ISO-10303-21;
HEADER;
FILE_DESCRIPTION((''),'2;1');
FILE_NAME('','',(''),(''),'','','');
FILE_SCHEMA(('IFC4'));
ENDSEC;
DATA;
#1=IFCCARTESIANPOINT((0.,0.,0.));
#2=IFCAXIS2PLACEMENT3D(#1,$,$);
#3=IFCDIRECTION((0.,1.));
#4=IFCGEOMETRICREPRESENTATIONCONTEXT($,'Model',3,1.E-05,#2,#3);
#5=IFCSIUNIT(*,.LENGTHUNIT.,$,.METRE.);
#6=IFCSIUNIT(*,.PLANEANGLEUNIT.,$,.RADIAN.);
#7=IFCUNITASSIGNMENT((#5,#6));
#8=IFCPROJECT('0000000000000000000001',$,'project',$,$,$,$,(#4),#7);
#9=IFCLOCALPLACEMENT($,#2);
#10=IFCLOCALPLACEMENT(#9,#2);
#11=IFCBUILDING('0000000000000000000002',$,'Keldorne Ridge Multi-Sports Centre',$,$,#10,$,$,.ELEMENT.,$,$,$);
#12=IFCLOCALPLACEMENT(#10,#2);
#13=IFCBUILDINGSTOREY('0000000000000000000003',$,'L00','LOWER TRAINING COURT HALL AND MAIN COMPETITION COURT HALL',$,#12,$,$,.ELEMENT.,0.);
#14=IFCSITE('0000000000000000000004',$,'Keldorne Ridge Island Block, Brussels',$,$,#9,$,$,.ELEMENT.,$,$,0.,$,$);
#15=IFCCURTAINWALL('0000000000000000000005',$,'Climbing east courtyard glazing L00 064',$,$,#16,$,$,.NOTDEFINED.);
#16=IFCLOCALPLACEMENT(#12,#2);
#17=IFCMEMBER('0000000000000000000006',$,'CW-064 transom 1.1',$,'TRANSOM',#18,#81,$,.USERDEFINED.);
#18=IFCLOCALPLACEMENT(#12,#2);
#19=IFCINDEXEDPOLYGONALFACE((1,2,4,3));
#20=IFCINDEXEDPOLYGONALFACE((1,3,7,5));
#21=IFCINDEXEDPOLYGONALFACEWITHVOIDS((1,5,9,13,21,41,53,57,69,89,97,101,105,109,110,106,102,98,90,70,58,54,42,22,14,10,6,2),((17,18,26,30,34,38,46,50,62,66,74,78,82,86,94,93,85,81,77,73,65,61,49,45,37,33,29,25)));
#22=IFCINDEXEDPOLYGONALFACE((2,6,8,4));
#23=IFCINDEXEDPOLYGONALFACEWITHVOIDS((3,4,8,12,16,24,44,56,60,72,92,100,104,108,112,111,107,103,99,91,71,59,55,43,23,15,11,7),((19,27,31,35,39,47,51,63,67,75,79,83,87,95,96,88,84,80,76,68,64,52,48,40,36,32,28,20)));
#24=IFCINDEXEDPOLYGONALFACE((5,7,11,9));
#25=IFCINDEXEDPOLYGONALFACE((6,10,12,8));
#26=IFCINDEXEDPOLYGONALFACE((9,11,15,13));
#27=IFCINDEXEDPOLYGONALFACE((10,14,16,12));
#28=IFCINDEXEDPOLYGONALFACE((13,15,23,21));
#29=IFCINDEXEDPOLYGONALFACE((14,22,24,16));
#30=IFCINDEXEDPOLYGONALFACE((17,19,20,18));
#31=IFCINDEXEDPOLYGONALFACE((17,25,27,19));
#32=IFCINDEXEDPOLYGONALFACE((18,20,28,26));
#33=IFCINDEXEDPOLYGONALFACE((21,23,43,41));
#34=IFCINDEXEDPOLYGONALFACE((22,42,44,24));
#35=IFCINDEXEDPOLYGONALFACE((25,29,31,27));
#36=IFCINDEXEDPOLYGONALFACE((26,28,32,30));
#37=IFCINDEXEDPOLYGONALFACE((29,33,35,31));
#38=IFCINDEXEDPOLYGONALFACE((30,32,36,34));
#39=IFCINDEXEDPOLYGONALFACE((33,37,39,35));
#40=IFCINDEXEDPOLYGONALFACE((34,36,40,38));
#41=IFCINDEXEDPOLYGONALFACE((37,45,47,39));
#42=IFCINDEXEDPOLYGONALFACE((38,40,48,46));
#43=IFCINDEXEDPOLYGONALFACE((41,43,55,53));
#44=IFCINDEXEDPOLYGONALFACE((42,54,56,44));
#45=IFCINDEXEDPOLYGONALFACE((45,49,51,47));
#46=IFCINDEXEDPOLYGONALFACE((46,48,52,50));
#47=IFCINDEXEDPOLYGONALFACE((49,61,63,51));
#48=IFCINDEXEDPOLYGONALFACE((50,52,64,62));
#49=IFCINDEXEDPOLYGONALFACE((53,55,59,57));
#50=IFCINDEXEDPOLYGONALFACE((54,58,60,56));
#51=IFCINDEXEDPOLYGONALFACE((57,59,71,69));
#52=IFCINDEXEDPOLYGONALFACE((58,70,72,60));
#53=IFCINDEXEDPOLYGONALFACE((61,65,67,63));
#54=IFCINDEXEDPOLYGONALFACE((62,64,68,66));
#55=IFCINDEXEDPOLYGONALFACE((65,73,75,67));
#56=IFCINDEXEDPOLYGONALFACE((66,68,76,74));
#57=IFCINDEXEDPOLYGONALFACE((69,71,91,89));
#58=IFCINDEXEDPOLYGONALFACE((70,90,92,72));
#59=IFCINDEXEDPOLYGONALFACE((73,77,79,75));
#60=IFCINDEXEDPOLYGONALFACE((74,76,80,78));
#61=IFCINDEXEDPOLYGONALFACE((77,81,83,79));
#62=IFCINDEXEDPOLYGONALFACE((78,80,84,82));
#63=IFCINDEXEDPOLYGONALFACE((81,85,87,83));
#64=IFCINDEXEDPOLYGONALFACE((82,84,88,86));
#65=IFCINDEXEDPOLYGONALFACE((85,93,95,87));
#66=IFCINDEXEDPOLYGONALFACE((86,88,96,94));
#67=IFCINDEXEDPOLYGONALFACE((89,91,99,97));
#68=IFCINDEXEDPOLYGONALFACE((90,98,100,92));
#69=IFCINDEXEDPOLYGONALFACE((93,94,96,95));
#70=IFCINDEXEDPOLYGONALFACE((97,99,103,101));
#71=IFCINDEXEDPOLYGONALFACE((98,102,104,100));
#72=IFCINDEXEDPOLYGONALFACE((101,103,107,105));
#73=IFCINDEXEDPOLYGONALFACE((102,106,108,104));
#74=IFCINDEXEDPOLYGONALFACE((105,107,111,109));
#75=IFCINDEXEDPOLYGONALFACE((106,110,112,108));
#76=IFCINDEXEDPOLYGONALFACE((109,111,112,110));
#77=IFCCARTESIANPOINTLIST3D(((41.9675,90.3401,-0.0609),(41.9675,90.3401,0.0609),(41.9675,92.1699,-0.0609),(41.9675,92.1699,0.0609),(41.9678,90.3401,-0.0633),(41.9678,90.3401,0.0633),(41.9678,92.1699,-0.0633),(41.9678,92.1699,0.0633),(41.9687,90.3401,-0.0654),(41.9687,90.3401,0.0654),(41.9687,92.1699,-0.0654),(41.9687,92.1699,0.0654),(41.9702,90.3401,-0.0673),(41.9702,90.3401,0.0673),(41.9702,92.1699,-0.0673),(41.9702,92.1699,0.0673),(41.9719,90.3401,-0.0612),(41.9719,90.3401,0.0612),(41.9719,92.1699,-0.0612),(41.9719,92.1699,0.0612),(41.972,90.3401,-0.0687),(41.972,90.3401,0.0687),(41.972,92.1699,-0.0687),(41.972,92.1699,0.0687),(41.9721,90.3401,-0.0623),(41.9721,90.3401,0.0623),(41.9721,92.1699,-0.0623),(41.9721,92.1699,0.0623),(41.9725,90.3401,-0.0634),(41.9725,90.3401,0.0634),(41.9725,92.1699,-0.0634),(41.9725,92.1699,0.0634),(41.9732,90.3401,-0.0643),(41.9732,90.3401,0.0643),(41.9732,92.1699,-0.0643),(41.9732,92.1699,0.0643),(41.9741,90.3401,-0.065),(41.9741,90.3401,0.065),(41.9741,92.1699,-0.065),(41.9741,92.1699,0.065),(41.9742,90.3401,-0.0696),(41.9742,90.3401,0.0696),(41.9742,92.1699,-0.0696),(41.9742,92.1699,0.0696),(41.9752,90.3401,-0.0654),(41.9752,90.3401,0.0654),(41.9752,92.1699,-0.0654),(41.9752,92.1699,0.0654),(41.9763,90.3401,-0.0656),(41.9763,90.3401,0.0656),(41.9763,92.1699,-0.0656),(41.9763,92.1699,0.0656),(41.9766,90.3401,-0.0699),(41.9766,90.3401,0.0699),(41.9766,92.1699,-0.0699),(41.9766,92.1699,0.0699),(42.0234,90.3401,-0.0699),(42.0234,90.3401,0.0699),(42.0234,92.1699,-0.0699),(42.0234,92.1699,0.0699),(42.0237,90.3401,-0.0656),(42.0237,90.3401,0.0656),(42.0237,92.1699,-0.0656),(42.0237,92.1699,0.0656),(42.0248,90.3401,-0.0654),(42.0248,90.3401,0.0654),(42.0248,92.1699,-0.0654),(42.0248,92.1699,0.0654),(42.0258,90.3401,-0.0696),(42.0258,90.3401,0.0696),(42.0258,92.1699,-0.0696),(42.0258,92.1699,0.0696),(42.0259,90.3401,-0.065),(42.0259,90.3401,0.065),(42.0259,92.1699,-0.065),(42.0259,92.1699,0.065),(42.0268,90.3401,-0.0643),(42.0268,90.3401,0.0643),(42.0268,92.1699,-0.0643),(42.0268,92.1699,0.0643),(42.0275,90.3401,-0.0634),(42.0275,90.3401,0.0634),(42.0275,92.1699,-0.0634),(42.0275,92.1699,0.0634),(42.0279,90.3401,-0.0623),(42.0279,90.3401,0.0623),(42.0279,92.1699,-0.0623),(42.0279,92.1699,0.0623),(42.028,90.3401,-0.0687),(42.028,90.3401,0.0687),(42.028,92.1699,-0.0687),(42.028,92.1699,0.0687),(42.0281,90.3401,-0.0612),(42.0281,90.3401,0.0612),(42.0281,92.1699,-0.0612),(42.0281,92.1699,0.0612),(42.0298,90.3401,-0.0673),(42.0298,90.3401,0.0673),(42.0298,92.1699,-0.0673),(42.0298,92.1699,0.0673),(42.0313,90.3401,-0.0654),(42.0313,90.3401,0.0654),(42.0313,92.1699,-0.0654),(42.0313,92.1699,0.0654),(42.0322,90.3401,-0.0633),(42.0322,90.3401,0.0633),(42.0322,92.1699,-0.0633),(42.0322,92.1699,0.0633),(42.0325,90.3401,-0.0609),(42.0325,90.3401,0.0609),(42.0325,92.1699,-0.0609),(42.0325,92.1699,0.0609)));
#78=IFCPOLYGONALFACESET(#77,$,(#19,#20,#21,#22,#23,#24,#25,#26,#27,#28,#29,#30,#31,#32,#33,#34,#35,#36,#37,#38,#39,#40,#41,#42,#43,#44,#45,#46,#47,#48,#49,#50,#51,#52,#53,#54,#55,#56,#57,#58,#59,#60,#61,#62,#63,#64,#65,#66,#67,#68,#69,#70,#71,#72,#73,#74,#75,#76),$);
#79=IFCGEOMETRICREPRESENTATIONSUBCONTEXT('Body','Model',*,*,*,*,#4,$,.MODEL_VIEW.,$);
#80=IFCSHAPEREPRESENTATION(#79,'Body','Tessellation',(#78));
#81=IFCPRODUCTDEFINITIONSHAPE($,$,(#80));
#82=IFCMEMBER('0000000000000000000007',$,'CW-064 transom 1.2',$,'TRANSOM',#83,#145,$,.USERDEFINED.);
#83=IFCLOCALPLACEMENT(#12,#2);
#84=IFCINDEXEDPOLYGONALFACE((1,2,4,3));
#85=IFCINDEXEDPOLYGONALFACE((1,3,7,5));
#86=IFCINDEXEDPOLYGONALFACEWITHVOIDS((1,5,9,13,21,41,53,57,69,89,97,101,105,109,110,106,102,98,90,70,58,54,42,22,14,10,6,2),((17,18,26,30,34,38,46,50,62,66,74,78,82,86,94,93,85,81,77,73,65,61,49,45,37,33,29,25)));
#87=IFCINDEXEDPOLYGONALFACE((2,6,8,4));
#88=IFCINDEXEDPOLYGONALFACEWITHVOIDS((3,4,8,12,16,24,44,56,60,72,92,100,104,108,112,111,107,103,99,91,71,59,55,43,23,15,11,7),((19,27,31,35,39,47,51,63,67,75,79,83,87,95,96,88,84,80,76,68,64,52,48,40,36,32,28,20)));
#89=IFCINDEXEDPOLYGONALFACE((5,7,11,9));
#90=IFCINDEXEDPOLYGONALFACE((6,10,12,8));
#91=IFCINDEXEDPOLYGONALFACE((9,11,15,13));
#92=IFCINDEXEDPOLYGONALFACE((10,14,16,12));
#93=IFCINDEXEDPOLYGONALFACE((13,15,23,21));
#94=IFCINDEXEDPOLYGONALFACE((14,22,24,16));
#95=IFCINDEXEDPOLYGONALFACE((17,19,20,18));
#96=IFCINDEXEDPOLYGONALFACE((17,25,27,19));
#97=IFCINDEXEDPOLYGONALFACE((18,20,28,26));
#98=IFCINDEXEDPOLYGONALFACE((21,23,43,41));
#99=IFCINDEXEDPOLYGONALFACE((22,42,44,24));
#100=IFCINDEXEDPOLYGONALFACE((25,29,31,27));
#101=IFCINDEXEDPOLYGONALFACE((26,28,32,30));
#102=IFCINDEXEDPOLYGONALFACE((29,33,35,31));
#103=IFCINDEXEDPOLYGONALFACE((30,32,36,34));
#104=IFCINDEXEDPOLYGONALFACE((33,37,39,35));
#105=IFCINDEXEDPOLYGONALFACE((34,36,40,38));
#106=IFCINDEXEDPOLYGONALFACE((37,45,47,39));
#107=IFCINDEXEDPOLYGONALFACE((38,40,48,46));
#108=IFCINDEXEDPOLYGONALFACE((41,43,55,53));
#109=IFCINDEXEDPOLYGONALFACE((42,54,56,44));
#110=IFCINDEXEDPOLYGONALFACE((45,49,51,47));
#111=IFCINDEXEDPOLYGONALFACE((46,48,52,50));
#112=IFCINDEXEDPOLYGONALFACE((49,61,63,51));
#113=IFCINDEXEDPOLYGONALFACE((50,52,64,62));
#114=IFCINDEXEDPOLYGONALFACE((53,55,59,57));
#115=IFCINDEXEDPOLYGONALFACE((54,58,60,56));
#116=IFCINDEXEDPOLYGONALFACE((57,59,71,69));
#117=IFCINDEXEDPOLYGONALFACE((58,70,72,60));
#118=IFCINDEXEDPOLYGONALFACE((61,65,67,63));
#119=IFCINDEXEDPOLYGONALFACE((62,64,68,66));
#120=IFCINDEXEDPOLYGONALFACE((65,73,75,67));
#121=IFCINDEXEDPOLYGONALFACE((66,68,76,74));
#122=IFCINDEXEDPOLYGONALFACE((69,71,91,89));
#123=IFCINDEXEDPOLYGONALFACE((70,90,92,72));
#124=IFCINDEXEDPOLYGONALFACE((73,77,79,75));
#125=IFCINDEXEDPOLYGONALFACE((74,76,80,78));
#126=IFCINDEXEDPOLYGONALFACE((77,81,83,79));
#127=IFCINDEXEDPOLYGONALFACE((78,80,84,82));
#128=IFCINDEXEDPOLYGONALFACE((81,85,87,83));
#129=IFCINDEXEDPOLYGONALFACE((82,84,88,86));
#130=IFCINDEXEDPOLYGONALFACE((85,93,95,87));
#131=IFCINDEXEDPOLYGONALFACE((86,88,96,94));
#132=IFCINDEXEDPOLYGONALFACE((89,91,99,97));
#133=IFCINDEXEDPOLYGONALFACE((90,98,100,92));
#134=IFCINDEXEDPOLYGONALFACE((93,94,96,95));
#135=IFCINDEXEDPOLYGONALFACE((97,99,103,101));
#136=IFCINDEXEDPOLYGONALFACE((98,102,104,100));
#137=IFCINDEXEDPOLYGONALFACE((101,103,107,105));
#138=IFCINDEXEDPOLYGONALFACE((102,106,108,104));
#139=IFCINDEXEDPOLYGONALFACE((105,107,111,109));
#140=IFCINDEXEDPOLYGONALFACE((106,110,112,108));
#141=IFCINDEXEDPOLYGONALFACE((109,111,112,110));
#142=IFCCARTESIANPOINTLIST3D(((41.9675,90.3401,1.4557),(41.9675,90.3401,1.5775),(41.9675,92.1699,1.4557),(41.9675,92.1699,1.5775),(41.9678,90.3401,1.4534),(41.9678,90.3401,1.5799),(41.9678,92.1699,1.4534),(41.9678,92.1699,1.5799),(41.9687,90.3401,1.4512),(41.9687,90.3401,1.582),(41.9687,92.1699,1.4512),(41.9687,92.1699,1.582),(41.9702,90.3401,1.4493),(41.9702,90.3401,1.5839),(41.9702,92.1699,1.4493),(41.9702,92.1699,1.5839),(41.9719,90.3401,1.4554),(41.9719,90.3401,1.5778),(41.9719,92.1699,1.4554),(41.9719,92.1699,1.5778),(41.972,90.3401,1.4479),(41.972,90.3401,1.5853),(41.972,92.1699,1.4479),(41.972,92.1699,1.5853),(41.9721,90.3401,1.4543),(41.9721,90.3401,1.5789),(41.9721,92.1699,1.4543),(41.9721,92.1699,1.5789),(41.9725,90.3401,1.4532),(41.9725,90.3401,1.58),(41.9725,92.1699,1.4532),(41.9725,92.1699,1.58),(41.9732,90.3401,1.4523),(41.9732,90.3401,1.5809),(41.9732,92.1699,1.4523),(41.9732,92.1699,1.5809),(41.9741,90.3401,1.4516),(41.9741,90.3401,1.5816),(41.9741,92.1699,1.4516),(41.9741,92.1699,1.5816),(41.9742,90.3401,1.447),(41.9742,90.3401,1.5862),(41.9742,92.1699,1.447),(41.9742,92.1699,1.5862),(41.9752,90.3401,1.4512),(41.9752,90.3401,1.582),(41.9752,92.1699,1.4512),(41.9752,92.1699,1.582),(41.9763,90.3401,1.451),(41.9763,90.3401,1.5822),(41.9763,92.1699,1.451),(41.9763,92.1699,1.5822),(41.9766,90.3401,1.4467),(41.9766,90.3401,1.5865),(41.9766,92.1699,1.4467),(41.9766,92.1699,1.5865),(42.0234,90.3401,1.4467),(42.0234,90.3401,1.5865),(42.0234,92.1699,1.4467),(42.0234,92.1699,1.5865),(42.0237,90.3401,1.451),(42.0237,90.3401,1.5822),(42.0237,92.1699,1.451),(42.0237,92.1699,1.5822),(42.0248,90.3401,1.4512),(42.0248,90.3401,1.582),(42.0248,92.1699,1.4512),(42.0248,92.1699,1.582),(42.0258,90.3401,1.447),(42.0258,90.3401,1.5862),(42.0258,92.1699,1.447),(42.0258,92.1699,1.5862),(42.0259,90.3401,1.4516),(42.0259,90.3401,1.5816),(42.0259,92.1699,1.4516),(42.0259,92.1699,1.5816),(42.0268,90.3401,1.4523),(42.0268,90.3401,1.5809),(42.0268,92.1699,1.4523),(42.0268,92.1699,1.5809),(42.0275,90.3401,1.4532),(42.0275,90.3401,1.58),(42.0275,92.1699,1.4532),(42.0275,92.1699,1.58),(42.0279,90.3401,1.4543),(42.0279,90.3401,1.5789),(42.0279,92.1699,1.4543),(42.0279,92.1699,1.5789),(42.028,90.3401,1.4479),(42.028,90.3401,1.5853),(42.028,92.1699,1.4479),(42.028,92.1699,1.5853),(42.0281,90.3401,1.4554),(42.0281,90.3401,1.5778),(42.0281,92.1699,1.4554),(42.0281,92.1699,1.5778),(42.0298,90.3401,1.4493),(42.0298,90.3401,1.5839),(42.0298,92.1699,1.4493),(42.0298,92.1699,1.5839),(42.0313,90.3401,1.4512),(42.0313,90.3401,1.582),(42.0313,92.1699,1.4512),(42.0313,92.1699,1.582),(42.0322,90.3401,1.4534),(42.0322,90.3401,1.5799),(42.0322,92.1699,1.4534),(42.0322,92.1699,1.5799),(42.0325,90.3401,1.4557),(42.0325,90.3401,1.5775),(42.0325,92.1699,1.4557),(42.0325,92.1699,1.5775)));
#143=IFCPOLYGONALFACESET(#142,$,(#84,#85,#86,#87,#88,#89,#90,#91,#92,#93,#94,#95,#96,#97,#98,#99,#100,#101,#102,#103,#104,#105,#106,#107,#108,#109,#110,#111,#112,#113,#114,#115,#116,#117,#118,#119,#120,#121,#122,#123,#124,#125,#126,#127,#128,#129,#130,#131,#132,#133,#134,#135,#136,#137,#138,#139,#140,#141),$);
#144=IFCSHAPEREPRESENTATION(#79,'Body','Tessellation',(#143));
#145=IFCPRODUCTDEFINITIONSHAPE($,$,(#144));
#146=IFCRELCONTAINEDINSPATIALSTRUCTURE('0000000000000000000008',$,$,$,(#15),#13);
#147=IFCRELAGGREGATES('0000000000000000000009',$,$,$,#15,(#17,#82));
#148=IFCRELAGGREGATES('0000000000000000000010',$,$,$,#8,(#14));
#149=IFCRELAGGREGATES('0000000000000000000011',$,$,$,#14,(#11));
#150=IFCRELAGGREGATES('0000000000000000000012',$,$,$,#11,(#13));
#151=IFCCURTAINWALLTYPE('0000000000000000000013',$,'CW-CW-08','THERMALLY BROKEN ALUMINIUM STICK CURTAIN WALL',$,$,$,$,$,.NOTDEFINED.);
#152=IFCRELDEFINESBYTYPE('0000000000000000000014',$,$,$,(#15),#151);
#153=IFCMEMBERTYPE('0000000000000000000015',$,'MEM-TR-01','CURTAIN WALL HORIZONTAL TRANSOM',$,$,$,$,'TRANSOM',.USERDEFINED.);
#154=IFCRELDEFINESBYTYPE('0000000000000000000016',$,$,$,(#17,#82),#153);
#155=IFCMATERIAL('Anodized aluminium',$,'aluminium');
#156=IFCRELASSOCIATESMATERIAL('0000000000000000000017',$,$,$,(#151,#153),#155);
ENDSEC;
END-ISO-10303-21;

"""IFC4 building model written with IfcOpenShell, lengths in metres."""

from ifc_helpers import new_model, si_unit, direction, frame, origin, origin_2d, place, context, subcontext, project, spatial, hollow_rectangle, extrude, material, material_profile, profile_set, type_object, element, aggregate, save


model = new_model("IFC4")

# Units and contexts
model_context = context("Model", 3, precision=1e-05, world=origin(), true_north=direction((0.0, 1.0)))
body_context = subcontext(model_context, "Body", "Model", "MODEL_VIEW")
ifc_project = project(units=[si_unit("LENGTHUNIT", "METRE"), si_unit("PLANEANGLEUNIT", "RADIAN")], contexts=[model_context])

# Site, building, storey
site_placement = place(None, origin())
site = spatial("IfcSite", under=ifc_project, at=site_placement, Name="Keldorne Ridge Island Block, Brussels", CompositionType="ELEMENT", RefElevation=0.0)
building_placement = place(site_placement, origin())
building = spatial("IfcBuilding", under=site, at=building_placement, Name="Keldorne Ridge Multi-Sports Centre", CompositionType="ELEMENT")
storey_placement = place(building_placement, origin())
storey = spatial("IfcBuildingStorey", under=building, at=storey_placement, Name="L00", Description="LOWER TRAINING COURT HALL AND MAIN COMPETITION COURT HALL", CompositionType="ELEMENT", Elevation=0.0)

# Shared definitions
ifc_material_1 = material(Name="Anodized aluminium", Category="aluminium")

# Curtain wall, members
curtain_wall_type_1 = type_object("IfcCurtainWallType", Name="CW-CW-08", Description="THERMALLY BROKEN ALUMINIUM STICK CURTAIN WALL", PredefinedType="NOTDEFINED", material=ifc_material_1)
curtain_wall_1_placement = place(storey_placement, origin())
curtain_wall_1 = element("IfcCurtainWall", 1, at=curtain_wall_1_placement, inside=storey, type_object=curtain_wall_type_1, Name="Climbing east courtyard glazing L00 064", PredefinedType="NOTDEFINED")
ifc_material_profile_1 = material_profile(ifc_material_1, hollow_rectangle(XDim=0.0649, YDim=0.1399, WallThickness=0.0044, InnerFilletRadius=0.0044, OuterFilletRadius=0.009, at=origin_2d()), Name="ALU TRANSOM 140x65x4.5")
ifc_profile_set_1 = profile_set([ifc_material_profile_1], Name="Anodized aluminium")
member_type_1 = type_object("IfcMemberType", Name="MEM-TR-01", Description="CURTAIN WALL HORIZONTAL TRANSOM", ElementType="TRANSOM", PredefinedType="USERDEFINED", material=ifc_profile_set_1)
member_1_placement = place(storey_placement, frame((42.0, 90.3401, 0.0), z_axis=(0.0, 1.0, 0.0), x_axis=(-1.0, 0.0, 0.0)))
member_1 = element("IfcMember", 2, at=member_1_placement, type_object=member_type_1, Name="CW-064 transom 1.1", ObjectType="TRANSOM", PredefinedType="USERDEFINED", context=body_context, shape_type="SweptSolid", body=[
    extrude(hollow_rectangle(XDim=0.0649, YDim=0.1399, WallThickness=0.0044, InnerFilletRadius=0.0044, OuterFilletRadius=0.009, at=origin_2d()), origin(), (0.0, 0.0, 1.0), 1.8298),
])
member_2_placement = place(storey_placement, frame((42.0, 90.3401, 1.5166), z_axis=(0.0, 1.0, 0.0), x_axis=(-1.0, 0.0, 0.0)))
member_2 = element("IfcMember", 3, at=member_2_placement, type_object=member_type_1, Name="CW-064 transom 1.2", ObjectType="TRANSOM", PredefinedType="USERDEFINED", context=body_context, shape_type="SweptSolid", body=[
    extrude(hollow_rectangle(XDim=0.0649, YDim=0.1399, WallThickness=0.0044, InnerFilletRadius=0.0044, OuterFilletRadius=0.009, at=origin_2d()), origin(), (0.0, 0.0, 1.0), 1.8298),
])
aggregate(curtain_wall_1, [member_1, member_2])

save(model, "model.ifc")
